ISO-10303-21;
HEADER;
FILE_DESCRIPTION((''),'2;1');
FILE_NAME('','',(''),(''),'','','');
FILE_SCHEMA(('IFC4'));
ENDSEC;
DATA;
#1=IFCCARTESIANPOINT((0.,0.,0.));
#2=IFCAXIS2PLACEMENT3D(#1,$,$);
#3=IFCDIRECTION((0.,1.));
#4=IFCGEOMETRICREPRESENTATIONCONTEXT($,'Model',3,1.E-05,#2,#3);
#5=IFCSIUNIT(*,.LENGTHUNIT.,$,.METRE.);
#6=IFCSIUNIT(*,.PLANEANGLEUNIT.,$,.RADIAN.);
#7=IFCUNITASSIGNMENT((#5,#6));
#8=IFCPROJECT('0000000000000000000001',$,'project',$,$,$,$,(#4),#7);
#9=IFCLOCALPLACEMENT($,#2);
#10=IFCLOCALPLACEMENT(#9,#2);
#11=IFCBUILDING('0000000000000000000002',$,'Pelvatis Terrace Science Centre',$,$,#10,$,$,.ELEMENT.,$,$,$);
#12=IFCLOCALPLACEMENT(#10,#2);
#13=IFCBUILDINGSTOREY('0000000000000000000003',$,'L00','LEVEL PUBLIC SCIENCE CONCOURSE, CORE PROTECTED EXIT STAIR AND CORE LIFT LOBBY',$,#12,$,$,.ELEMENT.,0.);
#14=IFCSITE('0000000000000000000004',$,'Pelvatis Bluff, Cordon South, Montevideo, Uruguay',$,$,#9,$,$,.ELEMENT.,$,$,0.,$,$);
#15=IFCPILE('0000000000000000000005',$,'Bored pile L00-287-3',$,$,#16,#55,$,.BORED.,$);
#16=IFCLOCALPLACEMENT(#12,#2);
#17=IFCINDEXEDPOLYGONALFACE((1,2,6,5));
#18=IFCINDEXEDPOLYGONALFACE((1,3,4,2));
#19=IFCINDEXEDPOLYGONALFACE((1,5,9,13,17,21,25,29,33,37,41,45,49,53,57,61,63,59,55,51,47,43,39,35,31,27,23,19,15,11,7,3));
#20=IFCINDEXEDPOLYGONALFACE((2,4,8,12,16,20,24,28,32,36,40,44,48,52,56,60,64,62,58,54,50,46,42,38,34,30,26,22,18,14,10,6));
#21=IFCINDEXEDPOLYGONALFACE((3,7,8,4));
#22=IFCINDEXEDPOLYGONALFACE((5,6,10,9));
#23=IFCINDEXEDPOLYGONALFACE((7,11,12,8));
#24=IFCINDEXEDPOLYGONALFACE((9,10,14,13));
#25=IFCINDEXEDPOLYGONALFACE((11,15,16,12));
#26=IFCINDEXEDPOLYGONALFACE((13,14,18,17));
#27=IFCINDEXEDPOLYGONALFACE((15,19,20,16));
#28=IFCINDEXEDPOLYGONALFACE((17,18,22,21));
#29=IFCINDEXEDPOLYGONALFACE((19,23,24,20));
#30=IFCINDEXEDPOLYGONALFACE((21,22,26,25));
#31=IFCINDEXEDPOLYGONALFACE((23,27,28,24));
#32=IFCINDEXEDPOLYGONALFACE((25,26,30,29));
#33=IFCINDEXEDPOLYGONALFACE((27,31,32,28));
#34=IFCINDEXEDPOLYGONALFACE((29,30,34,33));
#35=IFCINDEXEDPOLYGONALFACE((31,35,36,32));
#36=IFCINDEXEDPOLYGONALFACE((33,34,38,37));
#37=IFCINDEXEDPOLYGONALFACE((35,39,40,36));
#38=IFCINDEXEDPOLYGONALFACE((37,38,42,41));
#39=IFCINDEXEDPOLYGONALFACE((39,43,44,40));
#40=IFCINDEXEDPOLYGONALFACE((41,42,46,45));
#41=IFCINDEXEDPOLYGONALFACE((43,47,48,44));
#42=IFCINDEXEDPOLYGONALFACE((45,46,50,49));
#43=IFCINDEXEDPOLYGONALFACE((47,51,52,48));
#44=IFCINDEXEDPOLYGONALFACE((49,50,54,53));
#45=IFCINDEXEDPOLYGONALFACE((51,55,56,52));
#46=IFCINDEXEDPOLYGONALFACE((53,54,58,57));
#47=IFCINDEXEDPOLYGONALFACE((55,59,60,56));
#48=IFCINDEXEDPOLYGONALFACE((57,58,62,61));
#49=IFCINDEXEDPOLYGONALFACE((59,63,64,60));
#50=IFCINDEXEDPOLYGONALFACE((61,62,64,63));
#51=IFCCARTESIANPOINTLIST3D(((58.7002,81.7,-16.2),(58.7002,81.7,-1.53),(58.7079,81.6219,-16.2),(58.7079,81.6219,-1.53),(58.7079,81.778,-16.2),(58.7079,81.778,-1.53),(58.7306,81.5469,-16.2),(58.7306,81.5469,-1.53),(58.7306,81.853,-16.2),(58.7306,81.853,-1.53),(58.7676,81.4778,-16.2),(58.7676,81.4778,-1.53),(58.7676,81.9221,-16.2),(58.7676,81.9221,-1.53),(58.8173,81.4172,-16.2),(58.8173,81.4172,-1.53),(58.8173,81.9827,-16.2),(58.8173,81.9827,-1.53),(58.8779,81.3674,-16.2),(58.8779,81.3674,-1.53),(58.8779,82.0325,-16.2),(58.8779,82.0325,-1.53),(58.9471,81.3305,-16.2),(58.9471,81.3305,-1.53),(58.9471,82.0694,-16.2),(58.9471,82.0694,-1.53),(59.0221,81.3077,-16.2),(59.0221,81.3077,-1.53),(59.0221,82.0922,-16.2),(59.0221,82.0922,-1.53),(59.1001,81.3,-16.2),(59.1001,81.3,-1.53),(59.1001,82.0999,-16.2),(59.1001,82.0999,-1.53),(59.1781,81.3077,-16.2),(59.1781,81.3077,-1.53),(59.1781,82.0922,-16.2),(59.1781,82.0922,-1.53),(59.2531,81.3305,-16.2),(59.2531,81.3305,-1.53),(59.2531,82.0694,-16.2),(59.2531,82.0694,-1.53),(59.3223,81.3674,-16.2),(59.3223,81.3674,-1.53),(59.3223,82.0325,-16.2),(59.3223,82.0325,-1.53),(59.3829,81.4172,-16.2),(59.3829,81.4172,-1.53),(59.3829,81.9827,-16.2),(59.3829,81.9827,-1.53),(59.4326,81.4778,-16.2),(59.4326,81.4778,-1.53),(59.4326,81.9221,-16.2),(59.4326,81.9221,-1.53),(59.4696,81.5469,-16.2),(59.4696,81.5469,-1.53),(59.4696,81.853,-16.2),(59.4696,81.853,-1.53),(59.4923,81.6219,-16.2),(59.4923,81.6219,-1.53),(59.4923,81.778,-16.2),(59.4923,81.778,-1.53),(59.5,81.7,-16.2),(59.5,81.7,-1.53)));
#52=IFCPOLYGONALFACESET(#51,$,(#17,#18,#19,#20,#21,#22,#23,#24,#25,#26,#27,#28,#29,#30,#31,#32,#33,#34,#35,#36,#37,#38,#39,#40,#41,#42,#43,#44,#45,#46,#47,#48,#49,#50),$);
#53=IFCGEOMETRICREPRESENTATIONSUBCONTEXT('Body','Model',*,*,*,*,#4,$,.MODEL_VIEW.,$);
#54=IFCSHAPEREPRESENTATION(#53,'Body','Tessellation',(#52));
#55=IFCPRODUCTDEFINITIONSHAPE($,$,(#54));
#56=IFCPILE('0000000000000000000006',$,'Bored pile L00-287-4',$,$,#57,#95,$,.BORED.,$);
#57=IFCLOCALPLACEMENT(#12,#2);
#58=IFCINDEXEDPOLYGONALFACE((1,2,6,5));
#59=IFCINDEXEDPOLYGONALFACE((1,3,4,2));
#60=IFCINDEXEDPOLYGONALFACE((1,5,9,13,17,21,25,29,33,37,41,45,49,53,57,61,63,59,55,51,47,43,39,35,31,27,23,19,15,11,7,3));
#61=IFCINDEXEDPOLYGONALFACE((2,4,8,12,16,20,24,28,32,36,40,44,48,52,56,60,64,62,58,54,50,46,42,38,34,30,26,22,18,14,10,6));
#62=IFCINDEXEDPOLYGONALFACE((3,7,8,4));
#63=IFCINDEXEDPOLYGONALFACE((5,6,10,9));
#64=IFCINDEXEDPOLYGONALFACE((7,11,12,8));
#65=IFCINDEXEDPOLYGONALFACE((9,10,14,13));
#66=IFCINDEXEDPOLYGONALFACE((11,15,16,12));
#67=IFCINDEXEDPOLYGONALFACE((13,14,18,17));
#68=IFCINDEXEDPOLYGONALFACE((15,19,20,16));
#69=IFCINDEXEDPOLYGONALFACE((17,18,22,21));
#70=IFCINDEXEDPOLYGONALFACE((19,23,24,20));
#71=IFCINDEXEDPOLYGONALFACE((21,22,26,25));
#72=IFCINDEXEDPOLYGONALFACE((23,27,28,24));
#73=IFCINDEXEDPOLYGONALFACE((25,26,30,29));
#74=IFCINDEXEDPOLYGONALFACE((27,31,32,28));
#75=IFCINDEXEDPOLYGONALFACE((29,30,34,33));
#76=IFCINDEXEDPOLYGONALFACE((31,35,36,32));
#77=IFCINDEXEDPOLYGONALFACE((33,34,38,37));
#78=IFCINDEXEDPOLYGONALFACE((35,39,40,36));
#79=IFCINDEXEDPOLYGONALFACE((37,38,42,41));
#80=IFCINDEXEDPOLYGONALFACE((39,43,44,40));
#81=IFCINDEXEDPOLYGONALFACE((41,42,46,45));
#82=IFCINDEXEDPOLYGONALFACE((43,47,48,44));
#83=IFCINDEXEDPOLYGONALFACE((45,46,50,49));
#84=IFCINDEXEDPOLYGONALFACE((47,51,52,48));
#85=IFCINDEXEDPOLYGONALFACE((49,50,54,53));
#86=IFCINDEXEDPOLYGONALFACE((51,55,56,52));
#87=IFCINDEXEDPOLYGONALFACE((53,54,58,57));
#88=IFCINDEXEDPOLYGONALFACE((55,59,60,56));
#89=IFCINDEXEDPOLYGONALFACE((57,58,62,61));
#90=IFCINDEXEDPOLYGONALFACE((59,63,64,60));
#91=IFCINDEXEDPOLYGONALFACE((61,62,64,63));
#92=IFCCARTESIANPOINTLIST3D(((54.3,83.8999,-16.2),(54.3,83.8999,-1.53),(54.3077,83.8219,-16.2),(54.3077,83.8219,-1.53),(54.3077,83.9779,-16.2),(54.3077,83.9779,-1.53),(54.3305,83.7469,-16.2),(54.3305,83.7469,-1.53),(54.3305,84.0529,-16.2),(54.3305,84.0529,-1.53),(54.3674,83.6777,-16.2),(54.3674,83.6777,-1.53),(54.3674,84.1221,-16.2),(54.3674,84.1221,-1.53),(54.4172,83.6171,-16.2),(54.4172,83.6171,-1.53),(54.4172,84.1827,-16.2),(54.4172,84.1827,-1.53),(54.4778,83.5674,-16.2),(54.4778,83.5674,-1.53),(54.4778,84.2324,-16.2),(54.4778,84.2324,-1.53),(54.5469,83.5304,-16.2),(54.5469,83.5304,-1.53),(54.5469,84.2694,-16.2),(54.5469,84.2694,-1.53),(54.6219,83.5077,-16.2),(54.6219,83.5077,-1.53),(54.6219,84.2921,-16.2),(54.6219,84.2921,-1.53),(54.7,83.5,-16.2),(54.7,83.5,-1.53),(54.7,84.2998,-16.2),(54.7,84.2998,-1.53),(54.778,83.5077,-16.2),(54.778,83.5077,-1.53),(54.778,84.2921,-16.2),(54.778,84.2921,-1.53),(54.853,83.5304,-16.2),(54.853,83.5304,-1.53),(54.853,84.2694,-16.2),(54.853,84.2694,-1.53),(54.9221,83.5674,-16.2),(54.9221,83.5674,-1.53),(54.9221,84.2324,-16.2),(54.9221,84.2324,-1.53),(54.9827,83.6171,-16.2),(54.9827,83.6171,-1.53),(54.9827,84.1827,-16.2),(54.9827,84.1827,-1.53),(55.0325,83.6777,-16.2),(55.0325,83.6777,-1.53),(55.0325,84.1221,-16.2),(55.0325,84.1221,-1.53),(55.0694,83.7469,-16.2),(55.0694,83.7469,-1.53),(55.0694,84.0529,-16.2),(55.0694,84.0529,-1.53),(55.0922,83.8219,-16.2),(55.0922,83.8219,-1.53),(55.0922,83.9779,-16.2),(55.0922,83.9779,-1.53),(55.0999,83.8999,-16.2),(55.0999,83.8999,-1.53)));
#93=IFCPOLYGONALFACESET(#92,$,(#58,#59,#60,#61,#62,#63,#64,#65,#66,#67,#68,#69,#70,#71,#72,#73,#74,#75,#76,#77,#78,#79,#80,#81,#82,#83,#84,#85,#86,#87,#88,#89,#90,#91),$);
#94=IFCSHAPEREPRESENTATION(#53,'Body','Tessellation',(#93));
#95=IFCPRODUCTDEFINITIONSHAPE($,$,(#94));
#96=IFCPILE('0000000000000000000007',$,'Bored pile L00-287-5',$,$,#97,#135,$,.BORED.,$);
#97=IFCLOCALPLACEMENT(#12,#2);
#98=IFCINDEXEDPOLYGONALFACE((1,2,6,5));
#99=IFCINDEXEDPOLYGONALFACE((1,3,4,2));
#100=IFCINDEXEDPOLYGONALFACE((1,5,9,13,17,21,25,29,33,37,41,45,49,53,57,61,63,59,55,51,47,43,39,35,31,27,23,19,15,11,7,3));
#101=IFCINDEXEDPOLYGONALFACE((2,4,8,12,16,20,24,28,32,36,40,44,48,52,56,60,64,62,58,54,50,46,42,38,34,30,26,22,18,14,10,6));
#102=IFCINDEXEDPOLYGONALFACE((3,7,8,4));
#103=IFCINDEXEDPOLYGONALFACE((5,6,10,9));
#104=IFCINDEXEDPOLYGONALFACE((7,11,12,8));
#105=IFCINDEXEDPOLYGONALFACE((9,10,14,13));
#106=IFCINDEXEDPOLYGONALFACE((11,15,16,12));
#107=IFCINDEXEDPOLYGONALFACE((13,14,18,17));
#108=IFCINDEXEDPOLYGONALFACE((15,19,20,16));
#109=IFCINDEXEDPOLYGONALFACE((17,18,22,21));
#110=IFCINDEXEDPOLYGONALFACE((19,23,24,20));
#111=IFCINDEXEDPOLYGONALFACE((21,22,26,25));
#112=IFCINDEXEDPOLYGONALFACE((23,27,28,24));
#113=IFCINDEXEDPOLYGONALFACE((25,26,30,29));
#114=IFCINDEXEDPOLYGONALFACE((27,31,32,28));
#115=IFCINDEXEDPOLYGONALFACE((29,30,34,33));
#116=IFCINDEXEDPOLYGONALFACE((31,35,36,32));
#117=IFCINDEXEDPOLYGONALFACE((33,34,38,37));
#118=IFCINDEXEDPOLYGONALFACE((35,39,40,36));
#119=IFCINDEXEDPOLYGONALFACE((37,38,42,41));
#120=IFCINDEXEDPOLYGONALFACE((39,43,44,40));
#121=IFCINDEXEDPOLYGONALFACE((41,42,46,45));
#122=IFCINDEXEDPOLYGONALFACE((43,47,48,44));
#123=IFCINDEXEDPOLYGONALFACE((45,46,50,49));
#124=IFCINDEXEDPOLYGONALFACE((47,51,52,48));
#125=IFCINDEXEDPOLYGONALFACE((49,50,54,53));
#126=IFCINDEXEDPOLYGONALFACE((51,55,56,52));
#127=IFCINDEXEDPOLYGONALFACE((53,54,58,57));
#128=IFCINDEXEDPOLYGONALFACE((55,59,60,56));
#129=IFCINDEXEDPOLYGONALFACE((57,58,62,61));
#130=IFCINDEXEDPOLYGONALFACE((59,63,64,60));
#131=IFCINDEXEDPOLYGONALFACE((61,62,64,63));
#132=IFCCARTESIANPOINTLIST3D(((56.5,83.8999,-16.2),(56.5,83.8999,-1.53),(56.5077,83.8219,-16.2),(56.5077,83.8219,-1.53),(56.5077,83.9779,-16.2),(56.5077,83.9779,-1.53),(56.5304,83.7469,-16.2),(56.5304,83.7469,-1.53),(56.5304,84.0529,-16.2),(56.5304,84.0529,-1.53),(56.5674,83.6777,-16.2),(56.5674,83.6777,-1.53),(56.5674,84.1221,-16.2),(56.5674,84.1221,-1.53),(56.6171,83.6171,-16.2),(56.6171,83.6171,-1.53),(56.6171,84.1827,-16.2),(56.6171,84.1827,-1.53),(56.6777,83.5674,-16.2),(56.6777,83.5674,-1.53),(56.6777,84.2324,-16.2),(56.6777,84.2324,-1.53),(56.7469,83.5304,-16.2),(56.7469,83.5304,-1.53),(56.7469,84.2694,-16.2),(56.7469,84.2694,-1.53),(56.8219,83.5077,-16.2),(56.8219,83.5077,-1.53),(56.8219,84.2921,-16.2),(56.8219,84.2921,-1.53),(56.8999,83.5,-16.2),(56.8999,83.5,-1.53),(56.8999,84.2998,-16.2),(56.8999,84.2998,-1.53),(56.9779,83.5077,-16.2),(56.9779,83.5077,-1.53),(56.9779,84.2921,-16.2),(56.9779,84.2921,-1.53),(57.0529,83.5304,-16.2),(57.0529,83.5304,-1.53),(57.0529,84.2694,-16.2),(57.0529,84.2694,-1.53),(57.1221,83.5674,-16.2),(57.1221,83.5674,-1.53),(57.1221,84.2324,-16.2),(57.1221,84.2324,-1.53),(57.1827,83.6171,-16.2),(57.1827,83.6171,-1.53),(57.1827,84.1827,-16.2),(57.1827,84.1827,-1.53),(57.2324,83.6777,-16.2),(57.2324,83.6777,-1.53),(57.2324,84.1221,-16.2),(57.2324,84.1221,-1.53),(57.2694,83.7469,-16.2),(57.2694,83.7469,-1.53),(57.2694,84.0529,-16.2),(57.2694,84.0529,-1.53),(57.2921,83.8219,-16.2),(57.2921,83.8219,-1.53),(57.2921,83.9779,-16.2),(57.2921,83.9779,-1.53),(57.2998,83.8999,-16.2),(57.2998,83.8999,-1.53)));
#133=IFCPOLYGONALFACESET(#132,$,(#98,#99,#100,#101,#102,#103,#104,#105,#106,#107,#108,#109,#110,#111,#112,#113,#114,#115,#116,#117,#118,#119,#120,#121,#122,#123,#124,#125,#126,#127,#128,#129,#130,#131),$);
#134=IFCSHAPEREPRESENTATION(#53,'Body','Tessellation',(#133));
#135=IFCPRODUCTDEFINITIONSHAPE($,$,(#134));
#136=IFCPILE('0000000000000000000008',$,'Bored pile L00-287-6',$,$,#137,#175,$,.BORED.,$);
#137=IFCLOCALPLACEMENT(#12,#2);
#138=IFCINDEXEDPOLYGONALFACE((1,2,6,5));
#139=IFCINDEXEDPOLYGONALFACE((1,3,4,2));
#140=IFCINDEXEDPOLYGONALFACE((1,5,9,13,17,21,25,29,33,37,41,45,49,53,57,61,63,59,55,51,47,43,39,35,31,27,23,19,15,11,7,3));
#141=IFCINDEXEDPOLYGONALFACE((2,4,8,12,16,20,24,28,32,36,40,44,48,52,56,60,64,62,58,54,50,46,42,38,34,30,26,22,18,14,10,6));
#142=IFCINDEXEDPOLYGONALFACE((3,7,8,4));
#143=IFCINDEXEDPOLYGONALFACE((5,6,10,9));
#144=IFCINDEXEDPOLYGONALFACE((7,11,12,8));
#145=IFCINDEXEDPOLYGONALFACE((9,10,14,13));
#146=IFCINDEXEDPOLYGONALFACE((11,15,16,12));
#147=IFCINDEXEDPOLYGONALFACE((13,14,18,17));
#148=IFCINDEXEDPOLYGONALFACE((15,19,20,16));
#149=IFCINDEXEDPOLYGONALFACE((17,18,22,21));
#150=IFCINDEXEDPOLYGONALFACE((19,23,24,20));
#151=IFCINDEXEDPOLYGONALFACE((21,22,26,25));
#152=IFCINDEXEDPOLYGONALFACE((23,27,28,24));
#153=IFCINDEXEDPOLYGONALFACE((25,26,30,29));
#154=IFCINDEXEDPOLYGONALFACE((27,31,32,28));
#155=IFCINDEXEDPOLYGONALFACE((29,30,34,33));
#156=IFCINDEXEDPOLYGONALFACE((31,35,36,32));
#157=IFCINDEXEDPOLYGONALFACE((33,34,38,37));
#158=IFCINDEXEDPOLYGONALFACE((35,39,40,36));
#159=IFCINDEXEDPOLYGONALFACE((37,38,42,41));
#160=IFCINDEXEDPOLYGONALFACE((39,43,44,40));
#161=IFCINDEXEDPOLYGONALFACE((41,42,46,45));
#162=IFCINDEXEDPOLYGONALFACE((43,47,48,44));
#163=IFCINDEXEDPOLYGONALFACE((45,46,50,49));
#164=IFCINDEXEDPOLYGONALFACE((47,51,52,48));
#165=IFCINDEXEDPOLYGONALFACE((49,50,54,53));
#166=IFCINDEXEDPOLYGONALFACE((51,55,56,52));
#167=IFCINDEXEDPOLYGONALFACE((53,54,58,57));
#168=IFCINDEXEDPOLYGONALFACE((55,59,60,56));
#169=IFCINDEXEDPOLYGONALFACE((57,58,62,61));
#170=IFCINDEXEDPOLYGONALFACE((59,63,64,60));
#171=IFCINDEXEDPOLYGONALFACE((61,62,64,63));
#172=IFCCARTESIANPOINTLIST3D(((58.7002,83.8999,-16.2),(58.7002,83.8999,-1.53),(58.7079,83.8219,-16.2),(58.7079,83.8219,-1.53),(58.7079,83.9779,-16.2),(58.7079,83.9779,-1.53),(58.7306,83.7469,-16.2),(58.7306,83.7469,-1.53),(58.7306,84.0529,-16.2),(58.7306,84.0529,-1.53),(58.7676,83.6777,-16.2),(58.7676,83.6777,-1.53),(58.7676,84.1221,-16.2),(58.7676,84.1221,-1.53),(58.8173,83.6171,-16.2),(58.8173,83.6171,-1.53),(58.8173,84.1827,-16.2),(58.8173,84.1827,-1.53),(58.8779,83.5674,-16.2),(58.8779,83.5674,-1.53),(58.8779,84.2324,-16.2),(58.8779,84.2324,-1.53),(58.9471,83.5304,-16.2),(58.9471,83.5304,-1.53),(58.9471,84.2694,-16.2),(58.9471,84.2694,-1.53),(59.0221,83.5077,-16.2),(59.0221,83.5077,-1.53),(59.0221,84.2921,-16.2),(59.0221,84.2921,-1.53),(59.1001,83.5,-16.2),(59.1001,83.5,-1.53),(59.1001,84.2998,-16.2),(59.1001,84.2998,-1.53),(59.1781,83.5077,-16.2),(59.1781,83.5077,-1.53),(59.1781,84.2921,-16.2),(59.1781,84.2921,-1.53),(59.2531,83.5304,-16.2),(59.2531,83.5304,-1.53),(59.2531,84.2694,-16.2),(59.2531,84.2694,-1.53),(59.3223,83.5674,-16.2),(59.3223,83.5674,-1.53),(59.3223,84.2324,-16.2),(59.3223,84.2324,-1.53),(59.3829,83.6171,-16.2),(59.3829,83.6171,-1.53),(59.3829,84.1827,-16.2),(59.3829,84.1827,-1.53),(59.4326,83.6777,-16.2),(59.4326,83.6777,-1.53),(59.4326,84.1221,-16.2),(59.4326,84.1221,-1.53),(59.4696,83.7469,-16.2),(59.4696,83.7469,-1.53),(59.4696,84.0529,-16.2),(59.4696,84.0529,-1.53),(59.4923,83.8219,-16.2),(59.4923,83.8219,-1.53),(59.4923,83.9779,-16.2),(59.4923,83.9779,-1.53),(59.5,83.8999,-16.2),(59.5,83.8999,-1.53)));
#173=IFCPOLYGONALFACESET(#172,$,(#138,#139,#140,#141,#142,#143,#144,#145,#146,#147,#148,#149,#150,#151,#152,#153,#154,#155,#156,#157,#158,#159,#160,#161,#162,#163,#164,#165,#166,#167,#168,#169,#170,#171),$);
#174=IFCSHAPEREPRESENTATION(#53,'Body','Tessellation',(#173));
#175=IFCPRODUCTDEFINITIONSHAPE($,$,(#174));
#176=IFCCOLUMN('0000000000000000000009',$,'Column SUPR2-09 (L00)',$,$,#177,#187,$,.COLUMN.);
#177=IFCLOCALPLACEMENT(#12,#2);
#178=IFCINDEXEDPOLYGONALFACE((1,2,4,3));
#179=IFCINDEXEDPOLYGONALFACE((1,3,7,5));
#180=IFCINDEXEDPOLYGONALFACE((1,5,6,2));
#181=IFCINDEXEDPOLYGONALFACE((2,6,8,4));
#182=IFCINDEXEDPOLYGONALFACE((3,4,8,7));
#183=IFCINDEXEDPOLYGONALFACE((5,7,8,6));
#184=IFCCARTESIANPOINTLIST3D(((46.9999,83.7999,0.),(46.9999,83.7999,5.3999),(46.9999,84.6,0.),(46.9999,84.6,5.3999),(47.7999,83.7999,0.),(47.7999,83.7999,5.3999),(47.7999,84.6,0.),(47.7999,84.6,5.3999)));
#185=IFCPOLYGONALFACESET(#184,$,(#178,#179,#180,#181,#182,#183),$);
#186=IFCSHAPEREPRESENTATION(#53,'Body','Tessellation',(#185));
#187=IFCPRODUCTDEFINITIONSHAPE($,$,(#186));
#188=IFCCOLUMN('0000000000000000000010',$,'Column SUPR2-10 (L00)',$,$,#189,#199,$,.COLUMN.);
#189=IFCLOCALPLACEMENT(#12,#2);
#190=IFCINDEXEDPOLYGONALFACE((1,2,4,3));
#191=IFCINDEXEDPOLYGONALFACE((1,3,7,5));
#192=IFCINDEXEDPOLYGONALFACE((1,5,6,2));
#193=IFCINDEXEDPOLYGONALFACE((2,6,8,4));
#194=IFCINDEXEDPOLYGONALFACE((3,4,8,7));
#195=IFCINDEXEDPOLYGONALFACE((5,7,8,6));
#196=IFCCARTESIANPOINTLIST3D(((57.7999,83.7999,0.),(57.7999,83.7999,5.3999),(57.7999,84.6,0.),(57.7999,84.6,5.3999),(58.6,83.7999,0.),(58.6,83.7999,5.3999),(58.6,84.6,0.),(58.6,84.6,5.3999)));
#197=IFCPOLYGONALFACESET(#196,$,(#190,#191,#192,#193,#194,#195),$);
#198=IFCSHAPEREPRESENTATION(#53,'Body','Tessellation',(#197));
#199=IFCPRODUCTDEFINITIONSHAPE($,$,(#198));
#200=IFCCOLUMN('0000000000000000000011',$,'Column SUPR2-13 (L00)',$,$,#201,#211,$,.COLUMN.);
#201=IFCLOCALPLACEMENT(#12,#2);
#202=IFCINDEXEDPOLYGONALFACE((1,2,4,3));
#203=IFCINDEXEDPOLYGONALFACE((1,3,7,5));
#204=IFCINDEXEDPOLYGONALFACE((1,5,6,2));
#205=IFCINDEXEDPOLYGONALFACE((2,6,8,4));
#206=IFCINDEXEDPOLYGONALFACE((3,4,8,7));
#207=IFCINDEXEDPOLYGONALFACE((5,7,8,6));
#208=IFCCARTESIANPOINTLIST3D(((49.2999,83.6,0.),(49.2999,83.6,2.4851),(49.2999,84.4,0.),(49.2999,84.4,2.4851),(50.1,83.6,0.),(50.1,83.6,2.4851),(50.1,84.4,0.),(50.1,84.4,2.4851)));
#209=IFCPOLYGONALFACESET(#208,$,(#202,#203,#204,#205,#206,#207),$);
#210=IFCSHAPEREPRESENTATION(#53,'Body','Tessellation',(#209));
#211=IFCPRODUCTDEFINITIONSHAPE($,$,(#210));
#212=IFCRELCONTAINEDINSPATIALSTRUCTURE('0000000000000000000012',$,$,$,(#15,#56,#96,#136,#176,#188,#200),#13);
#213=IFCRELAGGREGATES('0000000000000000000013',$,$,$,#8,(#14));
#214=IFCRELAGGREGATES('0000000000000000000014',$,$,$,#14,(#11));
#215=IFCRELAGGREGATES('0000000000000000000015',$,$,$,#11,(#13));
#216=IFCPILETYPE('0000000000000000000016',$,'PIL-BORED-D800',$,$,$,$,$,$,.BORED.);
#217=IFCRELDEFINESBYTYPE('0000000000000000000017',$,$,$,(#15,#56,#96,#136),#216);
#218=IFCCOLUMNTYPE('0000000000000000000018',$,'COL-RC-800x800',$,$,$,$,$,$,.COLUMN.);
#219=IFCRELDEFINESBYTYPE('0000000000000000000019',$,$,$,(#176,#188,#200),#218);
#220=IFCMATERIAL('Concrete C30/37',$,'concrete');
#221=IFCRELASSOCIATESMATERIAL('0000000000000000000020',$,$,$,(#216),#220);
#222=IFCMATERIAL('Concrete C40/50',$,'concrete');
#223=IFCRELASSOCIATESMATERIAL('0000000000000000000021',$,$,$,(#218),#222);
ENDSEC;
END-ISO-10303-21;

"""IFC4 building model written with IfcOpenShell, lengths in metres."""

from ifc_helpers import new_model, si_unit, direction, frame, origin, origin_2d, place, context, subcontext, project, spatial, rectangle, circle, extrude, material, material_profile, profile_set, type_object, element, save


model = new_model("IFC4")

# Units and contexts
model_context = context("Model", 3, precision=1e-05, world=origin(), true_north=direction((0.0, 1.0)))
body_context = subcontext(model_context, "Body", "Model", "MODEL_VIEW")
ifc_project = project(units=[si_unit("LENGTHUNIT", "METRE"), si_unit("PLANEANGLEUNIT", "RADIAN")], contexts=[model_context])

# Site, building, storey
site_placement = place(None, origin())
site = spatial("IfcSite", under=ifc_project, at=site_placement, Name="Pelvatis Bluff, Cordon South, Montevideo, Uruguay", CompositionType="ELEMENT", RefElevation=0.0)
building_placement = place(site_placement, origin())
building = spatial("IfcBuilding", under=site, at=building_placement, Name="Pelvatis Terrace Science Centre", CompositionType="ELEMENT")
storey_placement = place(building_placement, origin())
storey = spatial("IfcBuildingStorey", under=building, at=storey_placement, Name="L00", Description="LEVEL PUBLIC SCIENCE CONCOURSE, CORE PROTECTED EXIT STAIR AND CORE LIFT LOBBY", CompositionType="ELEMENT", Elevation=0.0)

# Piles
ifc_material_1 = material(Name="Concrete C30/37", Category="concrete")
ifc_material_profile_1 = material_profile(ifc_material_1, circle(Radius=0.3999, at=origin_2d()), Name="PILE D800")
ifc_profile_set_1 = profile_set([ifc_material_profile_1], Name="Concrete C30/37")
pile_type = type_object("IfcPileType", Name="PIL-BORED-D800", PredefinedType="BORED", material=ifc_profile_set_1)
for number, where, z_axis, x_axis, name in (
    (1, (59.1001, 81.7, -1.53), (0.0, 0.0, -1.0), (1.0, 0.0, 0.0), "Bored pile L00-287-3"),
    (2, (54.7, 83.8999, -1.53), (0.0, 0.0, -1.0), (1.0, 0.0, 0.0), "Bored pile L00-287-4"),
    (3, (56.8999, 83.8999, -1.53), (0.0, 0.0, -1.0), (1.0, 0.0, 0.0), "Bored pile L00-287-5"),
    (4, (59.1001, 83.8999, -1.53), (0.0, 0.0, -1.0), (1.0, 0.0, 0.0), "Bored pile L00-287-6"),
):
    element("IfcPile", number, at=place(storey_placement, frame(where, z_axis=z_axis, x_axis=x_axis)), inside=storey, type_object=pile_type, Name=name, PredefinedType="BORED", context=body_context, shape_type="SweptSolid", body=[
        extrude(circle(Radius=0.3999, at=origin_2d()), origin(), (0.0, 0.0, 1.0), 14.6699),
    ])

# Columns
ifc_material_2 = material(Name="Concrete C40/50", Category="concrete")
ifc_material_profile_2 = material_profile(ifc_material_2, rectangle(XDim=0.8, YDim=0.8, at=origin_2d()), Name="RC-COL 800x800")
ifc_profile_set_2 = profile_set([ifc_material_profile_2], Name="Concrete C40/50")
column_type = type_object("IfcColumnType", Name="COL-RC-800x800", PredefinedType="COLUMN", material=ifc_profile_set_2)
for number, where, z_axis, x_axis, name in (
    (5, (47.3999, 84.2, 0.0), (0.0, 0.0, 1.0), (1.0, 0.0, 0.0), "Column SUPR2-09 (L00)"),
    (6, (58.2, 84.2, 0.0), (0.0, 0.0, 1.0), (1.0, 0.0, 0.0), "Column SUPR2-10 (L00)"),
):
    element("IfcColumn", number, at=place(storey_placement, frame(where, z_axis=z_axis, x_axis=x_axis)), inside=storey, type_object=column_type, Name=name, PredefinedType="COLUMN", context=body_context, shape_type="SweptSolid", body=[
        extrude(rectangle(XDim=0.8, YDim=0.8, at=origin_2d()), origin(), (0.0, 0.0, 1.0), 5.3999),
    ])
for number, where, z_axis, x_axis, name in (
    (7, (49.7, 84.0, 0.0), (0.0, 0.0, 1.0), (1.0, 0.0, 0.0), "Column SUPR2-13 (L00)"),
):
    element("IfcColumn", number, at=place(storey_placement, frame(where, z_axis=z_axis, x_axis=x_axis)), inside=storey, type_object=column_type, Name=name, PredefinedType="COLUMN", context=body_context, shape_type="SweptSolid", body=[
        extrude(rectangle(XDim=0.8, YDim=0.8, at=origin_2d()), origin(), (0.0, 0.0, 1.0), 2.4851),
    ])

save(model, "model.ifc")
